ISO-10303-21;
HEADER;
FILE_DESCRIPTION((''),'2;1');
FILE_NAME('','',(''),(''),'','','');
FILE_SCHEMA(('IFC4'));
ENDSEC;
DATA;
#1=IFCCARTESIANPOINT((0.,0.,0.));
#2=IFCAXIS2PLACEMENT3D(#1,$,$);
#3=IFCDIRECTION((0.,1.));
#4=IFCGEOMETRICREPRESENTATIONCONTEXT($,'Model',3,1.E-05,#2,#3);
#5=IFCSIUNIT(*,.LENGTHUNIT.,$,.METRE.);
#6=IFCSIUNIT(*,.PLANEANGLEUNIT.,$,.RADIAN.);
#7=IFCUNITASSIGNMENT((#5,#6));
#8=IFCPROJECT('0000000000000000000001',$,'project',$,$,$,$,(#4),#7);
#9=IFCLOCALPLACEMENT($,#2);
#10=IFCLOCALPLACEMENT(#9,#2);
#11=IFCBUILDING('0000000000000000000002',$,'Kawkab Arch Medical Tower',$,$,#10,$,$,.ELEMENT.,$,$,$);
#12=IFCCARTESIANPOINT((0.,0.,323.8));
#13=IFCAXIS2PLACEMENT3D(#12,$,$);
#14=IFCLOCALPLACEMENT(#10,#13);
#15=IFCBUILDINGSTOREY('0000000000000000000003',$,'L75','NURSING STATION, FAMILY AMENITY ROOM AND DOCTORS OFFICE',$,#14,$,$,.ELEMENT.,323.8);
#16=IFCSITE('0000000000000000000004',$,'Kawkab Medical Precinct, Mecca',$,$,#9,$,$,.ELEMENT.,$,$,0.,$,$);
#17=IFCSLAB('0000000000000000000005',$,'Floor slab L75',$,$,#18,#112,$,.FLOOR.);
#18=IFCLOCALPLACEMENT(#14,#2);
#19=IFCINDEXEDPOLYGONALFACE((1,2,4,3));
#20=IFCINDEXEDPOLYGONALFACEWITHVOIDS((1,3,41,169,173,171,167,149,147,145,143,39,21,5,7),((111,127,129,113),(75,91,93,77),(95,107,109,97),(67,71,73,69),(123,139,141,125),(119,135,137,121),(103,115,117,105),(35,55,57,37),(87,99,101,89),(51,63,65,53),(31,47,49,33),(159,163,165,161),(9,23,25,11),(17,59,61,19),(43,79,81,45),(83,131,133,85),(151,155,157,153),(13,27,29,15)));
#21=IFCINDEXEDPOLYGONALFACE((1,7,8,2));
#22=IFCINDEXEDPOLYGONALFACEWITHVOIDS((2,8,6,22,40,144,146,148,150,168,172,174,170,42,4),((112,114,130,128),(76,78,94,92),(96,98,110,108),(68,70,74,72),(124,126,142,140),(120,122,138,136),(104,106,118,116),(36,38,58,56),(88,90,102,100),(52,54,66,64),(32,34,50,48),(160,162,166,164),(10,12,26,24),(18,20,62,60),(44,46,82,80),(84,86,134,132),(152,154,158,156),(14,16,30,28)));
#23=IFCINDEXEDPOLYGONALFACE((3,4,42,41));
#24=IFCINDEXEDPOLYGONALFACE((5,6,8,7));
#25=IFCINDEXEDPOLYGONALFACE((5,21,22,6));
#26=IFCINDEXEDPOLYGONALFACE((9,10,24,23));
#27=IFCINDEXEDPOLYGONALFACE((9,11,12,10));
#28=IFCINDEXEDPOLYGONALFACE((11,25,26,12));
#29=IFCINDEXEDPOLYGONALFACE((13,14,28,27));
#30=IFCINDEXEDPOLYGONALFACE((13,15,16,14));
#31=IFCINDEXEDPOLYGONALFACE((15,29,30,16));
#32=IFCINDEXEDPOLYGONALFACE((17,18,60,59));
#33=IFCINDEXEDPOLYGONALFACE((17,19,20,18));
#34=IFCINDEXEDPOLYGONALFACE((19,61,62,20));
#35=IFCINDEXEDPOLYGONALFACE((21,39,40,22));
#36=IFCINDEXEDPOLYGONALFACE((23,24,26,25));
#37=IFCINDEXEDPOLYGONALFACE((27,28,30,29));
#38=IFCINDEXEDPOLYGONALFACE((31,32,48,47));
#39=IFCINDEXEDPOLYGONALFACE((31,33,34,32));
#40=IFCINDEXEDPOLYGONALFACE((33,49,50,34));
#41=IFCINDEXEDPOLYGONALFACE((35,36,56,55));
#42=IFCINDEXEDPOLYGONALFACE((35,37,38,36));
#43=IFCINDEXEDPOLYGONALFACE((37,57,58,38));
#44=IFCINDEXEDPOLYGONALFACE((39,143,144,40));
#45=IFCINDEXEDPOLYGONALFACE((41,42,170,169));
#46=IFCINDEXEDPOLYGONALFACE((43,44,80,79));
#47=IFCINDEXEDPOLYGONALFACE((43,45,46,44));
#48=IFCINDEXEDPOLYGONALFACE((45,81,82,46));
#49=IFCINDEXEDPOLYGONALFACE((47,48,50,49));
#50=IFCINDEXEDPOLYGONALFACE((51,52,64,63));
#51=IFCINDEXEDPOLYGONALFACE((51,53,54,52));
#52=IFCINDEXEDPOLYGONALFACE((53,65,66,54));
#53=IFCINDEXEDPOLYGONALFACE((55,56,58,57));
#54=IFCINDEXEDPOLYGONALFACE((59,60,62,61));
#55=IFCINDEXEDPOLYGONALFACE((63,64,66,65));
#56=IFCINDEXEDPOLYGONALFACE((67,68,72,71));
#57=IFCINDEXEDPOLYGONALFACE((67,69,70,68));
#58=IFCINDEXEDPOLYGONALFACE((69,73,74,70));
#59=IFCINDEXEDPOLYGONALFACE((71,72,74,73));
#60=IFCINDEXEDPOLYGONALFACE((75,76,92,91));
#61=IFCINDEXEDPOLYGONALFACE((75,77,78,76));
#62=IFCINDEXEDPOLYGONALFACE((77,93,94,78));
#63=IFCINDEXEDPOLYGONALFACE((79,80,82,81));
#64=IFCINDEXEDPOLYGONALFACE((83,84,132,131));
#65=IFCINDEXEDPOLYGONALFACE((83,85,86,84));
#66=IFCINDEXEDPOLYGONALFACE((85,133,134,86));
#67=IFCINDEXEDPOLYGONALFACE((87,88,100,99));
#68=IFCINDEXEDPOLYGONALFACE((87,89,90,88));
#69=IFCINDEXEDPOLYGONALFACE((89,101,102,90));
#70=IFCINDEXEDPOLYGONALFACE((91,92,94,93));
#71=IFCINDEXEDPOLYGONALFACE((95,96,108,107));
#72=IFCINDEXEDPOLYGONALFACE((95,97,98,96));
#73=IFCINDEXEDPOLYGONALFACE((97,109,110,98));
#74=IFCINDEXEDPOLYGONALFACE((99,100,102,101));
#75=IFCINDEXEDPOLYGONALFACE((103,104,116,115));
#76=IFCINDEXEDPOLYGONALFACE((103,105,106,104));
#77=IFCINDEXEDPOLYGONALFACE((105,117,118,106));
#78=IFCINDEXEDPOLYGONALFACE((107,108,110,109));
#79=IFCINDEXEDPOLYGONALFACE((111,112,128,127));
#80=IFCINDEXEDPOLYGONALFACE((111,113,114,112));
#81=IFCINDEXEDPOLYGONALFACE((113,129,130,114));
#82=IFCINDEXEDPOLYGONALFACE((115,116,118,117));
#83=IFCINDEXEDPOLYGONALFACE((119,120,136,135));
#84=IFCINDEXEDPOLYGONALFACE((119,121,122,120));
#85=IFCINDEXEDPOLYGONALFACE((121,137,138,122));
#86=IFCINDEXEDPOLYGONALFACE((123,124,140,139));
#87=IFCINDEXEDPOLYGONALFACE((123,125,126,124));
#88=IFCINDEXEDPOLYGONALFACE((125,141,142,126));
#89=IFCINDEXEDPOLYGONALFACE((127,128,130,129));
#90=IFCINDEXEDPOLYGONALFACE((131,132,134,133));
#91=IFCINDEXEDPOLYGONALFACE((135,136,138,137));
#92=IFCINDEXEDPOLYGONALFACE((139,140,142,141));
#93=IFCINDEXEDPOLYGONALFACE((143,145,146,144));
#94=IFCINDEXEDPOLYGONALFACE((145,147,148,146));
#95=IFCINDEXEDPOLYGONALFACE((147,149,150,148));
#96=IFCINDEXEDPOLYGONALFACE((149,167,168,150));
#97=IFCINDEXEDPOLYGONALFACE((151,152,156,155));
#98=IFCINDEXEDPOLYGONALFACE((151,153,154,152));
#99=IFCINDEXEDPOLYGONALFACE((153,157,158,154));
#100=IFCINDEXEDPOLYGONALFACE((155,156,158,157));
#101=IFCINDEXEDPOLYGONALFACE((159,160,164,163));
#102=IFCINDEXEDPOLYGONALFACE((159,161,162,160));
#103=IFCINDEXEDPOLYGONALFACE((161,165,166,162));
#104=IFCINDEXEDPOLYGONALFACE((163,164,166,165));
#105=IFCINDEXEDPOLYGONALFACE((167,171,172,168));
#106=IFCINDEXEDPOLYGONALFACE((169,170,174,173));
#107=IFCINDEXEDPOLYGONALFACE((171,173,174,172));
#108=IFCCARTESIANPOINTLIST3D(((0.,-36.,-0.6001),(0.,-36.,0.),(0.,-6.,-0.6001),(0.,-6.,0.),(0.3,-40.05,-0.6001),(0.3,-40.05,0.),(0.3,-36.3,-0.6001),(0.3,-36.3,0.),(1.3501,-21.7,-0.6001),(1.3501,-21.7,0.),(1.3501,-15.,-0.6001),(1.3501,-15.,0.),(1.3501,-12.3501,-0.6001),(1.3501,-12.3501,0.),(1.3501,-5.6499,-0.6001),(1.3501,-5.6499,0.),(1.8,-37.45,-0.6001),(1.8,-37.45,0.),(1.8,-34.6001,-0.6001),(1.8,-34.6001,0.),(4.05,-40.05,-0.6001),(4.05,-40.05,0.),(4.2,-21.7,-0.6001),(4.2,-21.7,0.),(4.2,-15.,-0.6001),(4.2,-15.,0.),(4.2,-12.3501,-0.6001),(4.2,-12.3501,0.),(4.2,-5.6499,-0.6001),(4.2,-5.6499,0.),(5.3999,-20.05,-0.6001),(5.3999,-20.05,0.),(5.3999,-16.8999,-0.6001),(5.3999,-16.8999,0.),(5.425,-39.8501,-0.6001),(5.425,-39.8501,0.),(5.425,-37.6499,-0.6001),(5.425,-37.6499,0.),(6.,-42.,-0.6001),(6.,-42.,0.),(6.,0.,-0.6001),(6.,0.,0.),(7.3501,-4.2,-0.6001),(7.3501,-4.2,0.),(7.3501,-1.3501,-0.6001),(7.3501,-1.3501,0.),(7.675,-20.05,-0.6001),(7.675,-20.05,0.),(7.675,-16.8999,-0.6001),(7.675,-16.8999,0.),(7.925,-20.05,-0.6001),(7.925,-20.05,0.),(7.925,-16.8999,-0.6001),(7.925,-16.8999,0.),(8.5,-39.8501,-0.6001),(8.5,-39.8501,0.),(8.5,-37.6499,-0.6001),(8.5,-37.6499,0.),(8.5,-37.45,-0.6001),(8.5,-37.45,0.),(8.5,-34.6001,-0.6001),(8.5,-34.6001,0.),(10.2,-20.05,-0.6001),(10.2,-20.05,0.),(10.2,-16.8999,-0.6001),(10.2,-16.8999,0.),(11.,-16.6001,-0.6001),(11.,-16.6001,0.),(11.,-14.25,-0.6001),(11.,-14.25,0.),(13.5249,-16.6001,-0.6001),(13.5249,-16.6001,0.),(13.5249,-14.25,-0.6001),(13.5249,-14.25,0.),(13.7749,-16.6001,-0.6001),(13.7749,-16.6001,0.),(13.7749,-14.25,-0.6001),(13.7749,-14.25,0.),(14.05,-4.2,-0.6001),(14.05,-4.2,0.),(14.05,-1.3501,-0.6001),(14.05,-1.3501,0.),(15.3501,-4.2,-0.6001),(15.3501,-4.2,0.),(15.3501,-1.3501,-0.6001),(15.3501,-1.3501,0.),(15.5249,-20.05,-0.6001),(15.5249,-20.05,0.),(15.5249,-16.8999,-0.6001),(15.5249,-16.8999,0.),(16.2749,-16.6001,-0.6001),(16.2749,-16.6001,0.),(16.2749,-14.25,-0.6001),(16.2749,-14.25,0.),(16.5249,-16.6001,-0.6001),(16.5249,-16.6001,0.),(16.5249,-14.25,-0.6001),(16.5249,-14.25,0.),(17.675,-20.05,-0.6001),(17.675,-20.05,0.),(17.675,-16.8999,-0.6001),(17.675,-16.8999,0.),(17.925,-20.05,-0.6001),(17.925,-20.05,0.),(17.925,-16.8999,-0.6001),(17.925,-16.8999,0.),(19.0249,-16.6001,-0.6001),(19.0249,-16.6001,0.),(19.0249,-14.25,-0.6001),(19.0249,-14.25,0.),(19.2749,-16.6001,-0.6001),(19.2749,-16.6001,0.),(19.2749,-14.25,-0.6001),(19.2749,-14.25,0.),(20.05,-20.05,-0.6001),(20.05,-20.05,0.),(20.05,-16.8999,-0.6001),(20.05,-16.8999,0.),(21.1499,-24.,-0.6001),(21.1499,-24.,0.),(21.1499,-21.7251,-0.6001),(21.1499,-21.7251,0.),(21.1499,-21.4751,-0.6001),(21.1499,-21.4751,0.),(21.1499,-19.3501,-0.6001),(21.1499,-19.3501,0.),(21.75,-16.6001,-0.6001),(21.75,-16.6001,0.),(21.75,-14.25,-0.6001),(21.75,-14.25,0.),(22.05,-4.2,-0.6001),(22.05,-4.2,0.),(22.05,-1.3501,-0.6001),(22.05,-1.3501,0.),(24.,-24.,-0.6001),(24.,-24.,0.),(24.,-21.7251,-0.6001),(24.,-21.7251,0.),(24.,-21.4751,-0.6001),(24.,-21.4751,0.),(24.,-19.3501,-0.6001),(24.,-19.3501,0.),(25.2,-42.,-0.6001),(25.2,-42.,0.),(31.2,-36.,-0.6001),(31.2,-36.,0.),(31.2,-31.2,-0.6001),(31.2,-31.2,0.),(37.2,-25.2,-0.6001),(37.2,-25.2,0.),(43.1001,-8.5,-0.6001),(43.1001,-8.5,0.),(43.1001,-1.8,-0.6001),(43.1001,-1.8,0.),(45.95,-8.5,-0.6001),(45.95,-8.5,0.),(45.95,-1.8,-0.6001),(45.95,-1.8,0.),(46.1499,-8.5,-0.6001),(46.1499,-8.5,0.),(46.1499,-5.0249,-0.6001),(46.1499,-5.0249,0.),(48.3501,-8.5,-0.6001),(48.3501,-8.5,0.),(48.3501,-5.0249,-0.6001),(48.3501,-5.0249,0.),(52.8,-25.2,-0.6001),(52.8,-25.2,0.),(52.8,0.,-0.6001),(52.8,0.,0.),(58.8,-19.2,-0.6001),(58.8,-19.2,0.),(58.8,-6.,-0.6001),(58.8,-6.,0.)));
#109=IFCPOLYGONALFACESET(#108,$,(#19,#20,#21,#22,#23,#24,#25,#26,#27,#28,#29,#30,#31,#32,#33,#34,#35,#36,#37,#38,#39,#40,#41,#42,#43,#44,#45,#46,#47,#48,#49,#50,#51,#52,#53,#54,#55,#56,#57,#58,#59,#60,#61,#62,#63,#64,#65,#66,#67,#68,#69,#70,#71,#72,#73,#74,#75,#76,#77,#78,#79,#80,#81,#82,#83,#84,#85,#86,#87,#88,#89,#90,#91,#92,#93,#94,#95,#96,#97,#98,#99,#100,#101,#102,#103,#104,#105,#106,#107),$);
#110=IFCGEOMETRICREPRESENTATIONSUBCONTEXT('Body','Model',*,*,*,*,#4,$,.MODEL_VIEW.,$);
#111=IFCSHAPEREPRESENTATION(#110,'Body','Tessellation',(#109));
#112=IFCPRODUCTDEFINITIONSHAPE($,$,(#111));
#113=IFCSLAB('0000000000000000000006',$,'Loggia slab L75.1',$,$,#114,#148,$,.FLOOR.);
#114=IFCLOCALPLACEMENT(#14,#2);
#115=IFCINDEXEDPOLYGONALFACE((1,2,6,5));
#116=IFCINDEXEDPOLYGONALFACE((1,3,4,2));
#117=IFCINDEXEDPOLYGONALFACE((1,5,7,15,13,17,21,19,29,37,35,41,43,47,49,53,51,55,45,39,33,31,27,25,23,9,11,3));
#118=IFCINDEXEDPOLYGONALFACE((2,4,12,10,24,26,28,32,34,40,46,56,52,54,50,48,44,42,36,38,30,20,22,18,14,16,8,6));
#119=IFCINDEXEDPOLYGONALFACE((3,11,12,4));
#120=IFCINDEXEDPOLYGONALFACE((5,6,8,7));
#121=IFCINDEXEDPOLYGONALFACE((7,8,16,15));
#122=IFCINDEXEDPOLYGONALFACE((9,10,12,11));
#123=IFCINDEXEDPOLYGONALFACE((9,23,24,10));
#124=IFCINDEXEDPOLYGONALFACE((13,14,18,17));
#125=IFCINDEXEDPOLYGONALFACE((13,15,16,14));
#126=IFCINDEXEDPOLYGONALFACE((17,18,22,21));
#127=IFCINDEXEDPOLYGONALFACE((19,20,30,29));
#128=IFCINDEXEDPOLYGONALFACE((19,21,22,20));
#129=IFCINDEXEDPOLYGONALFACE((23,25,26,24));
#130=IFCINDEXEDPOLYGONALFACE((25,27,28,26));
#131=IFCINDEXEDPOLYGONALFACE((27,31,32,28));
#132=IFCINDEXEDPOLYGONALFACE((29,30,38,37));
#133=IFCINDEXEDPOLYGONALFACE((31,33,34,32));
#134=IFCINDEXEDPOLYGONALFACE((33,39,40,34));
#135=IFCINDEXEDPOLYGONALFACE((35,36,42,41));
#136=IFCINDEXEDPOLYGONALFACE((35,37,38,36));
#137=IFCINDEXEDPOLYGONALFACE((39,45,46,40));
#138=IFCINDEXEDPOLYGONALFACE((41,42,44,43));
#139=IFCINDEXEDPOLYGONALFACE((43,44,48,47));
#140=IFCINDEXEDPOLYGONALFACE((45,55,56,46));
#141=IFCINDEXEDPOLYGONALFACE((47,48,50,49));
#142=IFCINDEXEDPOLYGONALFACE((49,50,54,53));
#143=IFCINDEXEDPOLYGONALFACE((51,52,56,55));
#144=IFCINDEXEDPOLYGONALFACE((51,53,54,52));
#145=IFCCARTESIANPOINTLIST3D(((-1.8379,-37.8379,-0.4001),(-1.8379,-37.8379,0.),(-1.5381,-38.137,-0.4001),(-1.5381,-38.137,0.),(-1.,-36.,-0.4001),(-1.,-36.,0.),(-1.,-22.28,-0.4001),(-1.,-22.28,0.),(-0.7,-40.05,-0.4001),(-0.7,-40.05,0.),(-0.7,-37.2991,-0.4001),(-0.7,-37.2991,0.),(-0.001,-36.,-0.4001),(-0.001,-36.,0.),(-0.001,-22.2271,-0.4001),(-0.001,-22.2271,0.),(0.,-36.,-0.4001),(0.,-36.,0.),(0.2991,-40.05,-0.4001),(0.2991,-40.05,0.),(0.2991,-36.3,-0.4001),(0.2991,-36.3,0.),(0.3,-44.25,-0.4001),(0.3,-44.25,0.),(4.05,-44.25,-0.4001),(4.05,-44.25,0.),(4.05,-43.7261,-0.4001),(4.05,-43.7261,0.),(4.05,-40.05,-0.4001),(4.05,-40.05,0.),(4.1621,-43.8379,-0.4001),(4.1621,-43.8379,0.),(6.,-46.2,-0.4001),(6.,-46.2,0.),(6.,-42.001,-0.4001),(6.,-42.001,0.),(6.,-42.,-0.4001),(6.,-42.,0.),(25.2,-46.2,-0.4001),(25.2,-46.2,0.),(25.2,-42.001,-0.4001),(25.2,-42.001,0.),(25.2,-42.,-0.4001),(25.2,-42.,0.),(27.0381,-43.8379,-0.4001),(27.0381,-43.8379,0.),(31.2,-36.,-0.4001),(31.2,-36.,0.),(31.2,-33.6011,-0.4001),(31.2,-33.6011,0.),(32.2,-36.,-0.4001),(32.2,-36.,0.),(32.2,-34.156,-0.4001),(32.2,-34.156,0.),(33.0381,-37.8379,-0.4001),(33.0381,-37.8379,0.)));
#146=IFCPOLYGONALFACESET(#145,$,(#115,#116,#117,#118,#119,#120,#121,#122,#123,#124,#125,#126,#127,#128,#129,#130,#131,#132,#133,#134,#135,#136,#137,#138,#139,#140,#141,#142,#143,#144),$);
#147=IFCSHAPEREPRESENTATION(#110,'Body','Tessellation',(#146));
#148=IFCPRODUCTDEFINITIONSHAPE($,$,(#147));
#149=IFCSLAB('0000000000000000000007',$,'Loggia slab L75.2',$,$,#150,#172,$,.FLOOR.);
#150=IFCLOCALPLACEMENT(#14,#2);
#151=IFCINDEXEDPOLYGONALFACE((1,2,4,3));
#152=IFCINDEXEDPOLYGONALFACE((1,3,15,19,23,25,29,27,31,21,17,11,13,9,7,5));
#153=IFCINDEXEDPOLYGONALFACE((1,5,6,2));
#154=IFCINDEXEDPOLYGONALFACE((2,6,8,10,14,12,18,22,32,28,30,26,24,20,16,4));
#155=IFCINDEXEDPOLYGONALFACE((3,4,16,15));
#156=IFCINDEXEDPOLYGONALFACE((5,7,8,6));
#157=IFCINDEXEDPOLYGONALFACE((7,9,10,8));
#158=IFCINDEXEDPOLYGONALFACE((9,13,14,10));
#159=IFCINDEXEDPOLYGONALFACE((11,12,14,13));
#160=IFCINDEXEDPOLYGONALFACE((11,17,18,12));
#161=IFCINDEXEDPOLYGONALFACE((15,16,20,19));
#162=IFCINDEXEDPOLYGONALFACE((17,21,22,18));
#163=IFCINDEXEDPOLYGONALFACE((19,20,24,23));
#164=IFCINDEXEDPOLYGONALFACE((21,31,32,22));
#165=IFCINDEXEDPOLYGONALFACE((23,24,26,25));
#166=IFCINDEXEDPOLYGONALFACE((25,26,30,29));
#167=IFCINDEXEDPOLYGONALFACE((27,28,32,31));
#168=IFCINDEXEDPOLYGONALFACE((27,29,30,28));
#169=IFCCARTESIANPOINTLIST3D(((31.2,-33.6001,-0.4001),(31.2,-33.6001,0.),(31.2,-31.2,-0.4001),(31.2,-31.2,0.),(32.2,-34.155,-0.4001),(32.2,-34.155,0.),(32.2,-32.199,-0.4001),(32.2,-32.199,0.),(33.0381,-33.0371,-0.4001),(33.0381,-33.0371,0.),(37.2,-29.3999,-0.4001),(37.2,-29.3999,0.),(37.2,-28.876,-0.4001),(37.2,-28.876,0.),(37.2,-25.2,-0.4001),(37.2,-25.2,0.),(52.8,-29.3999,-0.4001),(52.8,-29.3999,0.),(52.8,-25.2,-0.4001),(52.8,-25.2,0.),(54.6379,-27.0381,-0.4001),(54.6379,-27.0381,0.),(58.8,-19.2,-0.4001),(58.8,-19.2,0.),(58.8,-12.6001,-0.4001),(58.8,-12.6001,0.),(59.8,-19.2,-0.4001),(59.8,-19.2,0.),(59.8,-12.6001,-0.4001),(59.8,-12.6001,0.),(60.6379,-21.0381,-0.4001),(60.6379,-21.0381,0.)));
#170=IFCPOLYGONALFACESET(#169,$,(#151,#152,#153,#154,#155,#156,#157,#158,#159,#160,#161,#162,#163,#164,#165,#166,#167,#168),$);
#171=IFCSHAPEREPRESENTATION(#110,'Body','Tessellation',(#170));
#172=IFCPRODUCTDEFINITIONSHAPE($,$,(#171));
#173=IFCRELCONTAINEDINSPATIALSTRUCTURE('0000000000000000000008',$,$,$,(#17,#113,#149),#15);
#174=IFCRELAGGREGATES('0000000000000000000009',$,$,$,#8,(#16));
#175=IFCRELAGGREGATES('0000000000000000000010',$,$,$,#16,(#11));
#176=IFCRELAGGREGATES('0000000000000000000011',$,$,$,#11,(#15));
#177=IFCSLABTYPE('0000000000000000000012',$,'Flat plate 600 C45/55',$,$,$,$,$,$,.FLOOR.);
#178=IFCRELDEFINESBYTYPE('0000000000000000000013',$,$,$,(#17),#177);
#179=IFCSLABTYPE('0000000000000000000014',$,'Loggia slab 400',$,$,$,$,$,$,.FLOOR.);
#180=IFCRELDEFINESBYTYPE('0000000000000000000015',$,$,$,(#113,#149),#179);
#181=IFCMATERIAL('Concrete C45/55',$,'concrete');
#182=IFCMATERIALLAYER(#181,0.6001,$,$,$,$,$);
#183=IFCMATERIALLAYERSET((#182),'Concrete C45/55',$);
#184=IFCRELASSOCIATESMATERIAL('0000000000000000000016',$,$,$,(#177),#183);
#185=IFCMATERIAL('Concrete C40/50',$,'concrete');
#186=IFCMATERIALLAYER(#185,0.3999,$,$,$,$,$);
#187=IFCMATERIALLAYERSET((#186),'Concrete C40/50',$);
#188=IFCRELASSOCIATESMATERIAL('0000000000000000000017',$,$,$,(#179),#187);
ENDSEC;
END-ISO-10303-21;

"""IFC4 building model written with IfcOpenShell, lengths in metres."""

from ifc_helpers import new_model, si_unit, direction, frame, origin, place, context, subcontext, project, spatial, polyline, outline, extrude, material, layer, layer_set, type_object, element, save


model = new_model("IFC4")

# Units and contexts
model_context = context("Model", 3, precision=1e-05, world=origin(), true_north=direction((0.0, 1.0)))
body_context = subcontext(model_context, "Body", "Model", "MODEL_VIEW")
ifc_project = project(units=[si_unit("LENGTHUNIT", "METRE"), si_unit("PLANEANGLEUNIT", "RADIAN")], contexts=[model_context])

# Site, building, storey
site_placement = place(None, origin())
site = spatial("IfcSite", under=ifc_project, at=site_placement, Name="Kawkab Medical Precinct, Mecca", CompositionType="ELEMENT", RefElevation=0.0)
building_placement = place(site_placement, origin())
building = spatial("IfcBuilding", under=site, at=building_placement, Name="Kawkab Arch Medical Tower", CompositionType="ELEMENT")
storey_placement = place(building_placement, frame((0.0, 0.0, 323.8)))
storey = spatial("IfcBuildingStorey", under=building, at=storey_placement, Name="L75", Description="NURSING STATION, FAMILY AMENITY ROOM AND DOCTORS OFFICE", CompositionType="ELEMENT", Elevation=323.8)

# Slabs
ifc_material_1 = material(Name="Concrete C45/55", Category="concrete")
ifc_layer_1 = layer(ifc_material_1, 0.6001)
ifc_layer_set_1 = layer_set([ifc_layer_1], Name="Concrete C45/55")
slab_type_1 = type_object("IfcSlabType", Name="Flat plate 600 C45/55", PredefinedType="FLOOR", material=ifc_layer_set_1)
slab_1_placement = place(storey_placement, frame((0.0, 0.0, -0.6001)))
element("IfcSlab", 1, at=slab_1_placement, inside=storey, type_object=slab_type_1, Name="Floor slab L75", PredefinedType="FLOOR", context=body_context, shape_type="SweptSolid", body=[
    extrude(outline(polyline([(52.8, 0.0), (58.8, -6.0), (58.8, -19.2), (52.8, -25.2), (37.2, -25.2), (31.2, -31.2), (31.2, -36.0), (25.2, -42.0), (6.0, -42.0), (4.05, -40.05), (0.3, -40.05), (0.3, -36.3), (0.0, -36.0), (0.0, -6.0), (6.0, 0.0), (52.8, 0.0)]), holes=[polyline([(5.425, -37.6499), (5.425, -39.8501), (8.5, -39.8501), (8.5, -37.6499), (5.425, -37.6499)]), polyline([(8.5, -37.45), (8.5, -34.6001), (1.8, -34.6001), (1.8, -37.45), (8.5, -37.45)]), polyline([(5.3999, -20.05), (7.675, -20.05), (7.675, -16.8999), (5.3999, -16.8999), (5.3999, -20.05)]), polyline([(10.2, -16.8999), (7.925, -16.8999), (7.925, -20.05), (10.2, -20.05), (10.2, -16.8999)]), polyline([(4.2, -15.0), (1.3501, -15.0), (1.3501, -21.7), (4.2, -21.7), (4.2, -15.0)]), polyline([(13.5249, -14.25), (11.0, -14.25), (11.0, -16.6001), (13.5249, -16.6001), (13.5249, -14.25)]), polyline([(16.2749, -16.6001), (16.2749, -14.25), (13.7749, -14.25), (13.7749, -16.6001), (16.2749, -16.6001)]), polyline([(4.2, -12.3501), (4.2, -5.6499), (1.3501, -5.6499), (1.3501, -12.3501), (4.2, -12.3501)]), polyline([(7.3501, -4.2), (14.05, -4.2), (14.05, -1.3501), (7.3501, -1.3501), (7.3501, -4.2)]), polyline([(24.0, -21.7251), (21.1499, -21.7251), (21.1499, -24.0), (24.0, -24.0), (24.0, -21.7251)]), polyline([(24.0, -19.3501), (21.1499, -19.3501), (21.1499, -21.4751), (24.0, -21.4751), (24.0, -19.3501)]), polyline([(17.675, -16.8999), (15.5249, -16.8999), (15.5249, -20.05), (17.675, -20.05), (17.675, -16.8999)]), polyline([(17.925, -16.8999), (17.925, -20.05), (20.05, -20.05), (20.05, -16.8999), (17.925, -16.8999)]), polyline([(19.0249, -16.6001), (19.0249, -14.25), (16.5249, -14.25), (16.5249, -16.6001), (19.0249, -16.6001)]), polyline([(21.75, -14.25), (19.2749, -14.25), (19.2749, -16.6001), (21.75, -16.6001), (21.75, -14.25)]), polyline([(46.1499, -8.5), (48.3501, -8.5), (48.3501, -5.0249), (46.1499, -5.0249), (46.1499, -8.5)]), polyline([(43.1001, -1.8), (43.1001, -8.5), (45.95, -8.5), (45.95, -1.8), (43.1001, -1.8)]), polyline([(22.05, -1.3501), (15.3501, -1.3501), (15.3501, -4.2), (22.05, -4.2), (22.05, -1.3501)])]), origin(), (0.0, 0.0, 1.0), 0.6001),
])
ifc_material_2 = material(Name="Concrete C40/50", Category="concrete")
ifc_layer_2 = layer(ifc_material_2, 0.3999)
ifc_layer_set_2 = layer_set([ifc_layer_2], Name="Concrete C40/50")
slab_type_2 = type_object("IfcSlabType", Name="Loggia slab 400", PredefinedType="FLOOR", material=ifc_layer_set_2)
placement_1 = place(storey_placement, frame((0.0, 0.0, -0.4001)))
element("IfcSlab", 2, at=placement_1, inside=storey, type_object=slab_type_2, Name="Loggia slab L75.1", PredefinedType="FLOOR", context=body_context, shape_type="SweptSolid", body=[
    extrude(outline(polyline([(-1.0, -36.0), (-1.0, -22.28), (-0.001, -22.2271), (-0.001, -36.0), (0.0, -36.0), (0.2991, -36.3), (0.2991, -40.05), (4.05, -40.05), (6.0, -42.0), (6.0, -42.001), (25.2, -42.001), (25.2, -42.0), (31.2, -36.0), (31.2, -33.6011), (32.2, -34.156), (32.2, -36.0), (33.0381, -37.8379), (27.0381, -43.8379), (25.2, -46.2), (6.0, -46.2), (4.1621, -43.8379), (4.05, -43.7261), (4.05, -44.25), (0.3, -44.25), (-0.7, -40.05), (-0.7, -37.2991), (-1.5381, -38.137), (-1.8379, -37.8379), (-1.0, -36.0)])), origin(), (0.0, 0.0, 1.0), 0.4001),
])
element("IfcSlab", 3, at=placement_1, inside=storey, type_object=slab_type_2, Name="Loggia slab L75.2", PredefinedType="FLOOR", context=body_context, shape_type="SweptSolid", body=[
    extrude(outline(polyline([(31.2, -31.2), (37.2, -25.2), (52.8, -25.2), (58.8, -19.2), (58.8, -12.6001), (59.8, -12.6001), (59.8, -19.2), (60.6379, -21.0381), (54.6379, -27.0381), (52.8, -29.3999), (37.2, -29.3999), (37.2, -28.876), (33.0381, -33.0371), (32.2, -32.199), (32.2, -34.155), (31.2, -33.6001), (31.2, -31.2)])), origin(), (0.0, 0.0, 1.0), 0.4001),
])

save(model, "model.ifc")
